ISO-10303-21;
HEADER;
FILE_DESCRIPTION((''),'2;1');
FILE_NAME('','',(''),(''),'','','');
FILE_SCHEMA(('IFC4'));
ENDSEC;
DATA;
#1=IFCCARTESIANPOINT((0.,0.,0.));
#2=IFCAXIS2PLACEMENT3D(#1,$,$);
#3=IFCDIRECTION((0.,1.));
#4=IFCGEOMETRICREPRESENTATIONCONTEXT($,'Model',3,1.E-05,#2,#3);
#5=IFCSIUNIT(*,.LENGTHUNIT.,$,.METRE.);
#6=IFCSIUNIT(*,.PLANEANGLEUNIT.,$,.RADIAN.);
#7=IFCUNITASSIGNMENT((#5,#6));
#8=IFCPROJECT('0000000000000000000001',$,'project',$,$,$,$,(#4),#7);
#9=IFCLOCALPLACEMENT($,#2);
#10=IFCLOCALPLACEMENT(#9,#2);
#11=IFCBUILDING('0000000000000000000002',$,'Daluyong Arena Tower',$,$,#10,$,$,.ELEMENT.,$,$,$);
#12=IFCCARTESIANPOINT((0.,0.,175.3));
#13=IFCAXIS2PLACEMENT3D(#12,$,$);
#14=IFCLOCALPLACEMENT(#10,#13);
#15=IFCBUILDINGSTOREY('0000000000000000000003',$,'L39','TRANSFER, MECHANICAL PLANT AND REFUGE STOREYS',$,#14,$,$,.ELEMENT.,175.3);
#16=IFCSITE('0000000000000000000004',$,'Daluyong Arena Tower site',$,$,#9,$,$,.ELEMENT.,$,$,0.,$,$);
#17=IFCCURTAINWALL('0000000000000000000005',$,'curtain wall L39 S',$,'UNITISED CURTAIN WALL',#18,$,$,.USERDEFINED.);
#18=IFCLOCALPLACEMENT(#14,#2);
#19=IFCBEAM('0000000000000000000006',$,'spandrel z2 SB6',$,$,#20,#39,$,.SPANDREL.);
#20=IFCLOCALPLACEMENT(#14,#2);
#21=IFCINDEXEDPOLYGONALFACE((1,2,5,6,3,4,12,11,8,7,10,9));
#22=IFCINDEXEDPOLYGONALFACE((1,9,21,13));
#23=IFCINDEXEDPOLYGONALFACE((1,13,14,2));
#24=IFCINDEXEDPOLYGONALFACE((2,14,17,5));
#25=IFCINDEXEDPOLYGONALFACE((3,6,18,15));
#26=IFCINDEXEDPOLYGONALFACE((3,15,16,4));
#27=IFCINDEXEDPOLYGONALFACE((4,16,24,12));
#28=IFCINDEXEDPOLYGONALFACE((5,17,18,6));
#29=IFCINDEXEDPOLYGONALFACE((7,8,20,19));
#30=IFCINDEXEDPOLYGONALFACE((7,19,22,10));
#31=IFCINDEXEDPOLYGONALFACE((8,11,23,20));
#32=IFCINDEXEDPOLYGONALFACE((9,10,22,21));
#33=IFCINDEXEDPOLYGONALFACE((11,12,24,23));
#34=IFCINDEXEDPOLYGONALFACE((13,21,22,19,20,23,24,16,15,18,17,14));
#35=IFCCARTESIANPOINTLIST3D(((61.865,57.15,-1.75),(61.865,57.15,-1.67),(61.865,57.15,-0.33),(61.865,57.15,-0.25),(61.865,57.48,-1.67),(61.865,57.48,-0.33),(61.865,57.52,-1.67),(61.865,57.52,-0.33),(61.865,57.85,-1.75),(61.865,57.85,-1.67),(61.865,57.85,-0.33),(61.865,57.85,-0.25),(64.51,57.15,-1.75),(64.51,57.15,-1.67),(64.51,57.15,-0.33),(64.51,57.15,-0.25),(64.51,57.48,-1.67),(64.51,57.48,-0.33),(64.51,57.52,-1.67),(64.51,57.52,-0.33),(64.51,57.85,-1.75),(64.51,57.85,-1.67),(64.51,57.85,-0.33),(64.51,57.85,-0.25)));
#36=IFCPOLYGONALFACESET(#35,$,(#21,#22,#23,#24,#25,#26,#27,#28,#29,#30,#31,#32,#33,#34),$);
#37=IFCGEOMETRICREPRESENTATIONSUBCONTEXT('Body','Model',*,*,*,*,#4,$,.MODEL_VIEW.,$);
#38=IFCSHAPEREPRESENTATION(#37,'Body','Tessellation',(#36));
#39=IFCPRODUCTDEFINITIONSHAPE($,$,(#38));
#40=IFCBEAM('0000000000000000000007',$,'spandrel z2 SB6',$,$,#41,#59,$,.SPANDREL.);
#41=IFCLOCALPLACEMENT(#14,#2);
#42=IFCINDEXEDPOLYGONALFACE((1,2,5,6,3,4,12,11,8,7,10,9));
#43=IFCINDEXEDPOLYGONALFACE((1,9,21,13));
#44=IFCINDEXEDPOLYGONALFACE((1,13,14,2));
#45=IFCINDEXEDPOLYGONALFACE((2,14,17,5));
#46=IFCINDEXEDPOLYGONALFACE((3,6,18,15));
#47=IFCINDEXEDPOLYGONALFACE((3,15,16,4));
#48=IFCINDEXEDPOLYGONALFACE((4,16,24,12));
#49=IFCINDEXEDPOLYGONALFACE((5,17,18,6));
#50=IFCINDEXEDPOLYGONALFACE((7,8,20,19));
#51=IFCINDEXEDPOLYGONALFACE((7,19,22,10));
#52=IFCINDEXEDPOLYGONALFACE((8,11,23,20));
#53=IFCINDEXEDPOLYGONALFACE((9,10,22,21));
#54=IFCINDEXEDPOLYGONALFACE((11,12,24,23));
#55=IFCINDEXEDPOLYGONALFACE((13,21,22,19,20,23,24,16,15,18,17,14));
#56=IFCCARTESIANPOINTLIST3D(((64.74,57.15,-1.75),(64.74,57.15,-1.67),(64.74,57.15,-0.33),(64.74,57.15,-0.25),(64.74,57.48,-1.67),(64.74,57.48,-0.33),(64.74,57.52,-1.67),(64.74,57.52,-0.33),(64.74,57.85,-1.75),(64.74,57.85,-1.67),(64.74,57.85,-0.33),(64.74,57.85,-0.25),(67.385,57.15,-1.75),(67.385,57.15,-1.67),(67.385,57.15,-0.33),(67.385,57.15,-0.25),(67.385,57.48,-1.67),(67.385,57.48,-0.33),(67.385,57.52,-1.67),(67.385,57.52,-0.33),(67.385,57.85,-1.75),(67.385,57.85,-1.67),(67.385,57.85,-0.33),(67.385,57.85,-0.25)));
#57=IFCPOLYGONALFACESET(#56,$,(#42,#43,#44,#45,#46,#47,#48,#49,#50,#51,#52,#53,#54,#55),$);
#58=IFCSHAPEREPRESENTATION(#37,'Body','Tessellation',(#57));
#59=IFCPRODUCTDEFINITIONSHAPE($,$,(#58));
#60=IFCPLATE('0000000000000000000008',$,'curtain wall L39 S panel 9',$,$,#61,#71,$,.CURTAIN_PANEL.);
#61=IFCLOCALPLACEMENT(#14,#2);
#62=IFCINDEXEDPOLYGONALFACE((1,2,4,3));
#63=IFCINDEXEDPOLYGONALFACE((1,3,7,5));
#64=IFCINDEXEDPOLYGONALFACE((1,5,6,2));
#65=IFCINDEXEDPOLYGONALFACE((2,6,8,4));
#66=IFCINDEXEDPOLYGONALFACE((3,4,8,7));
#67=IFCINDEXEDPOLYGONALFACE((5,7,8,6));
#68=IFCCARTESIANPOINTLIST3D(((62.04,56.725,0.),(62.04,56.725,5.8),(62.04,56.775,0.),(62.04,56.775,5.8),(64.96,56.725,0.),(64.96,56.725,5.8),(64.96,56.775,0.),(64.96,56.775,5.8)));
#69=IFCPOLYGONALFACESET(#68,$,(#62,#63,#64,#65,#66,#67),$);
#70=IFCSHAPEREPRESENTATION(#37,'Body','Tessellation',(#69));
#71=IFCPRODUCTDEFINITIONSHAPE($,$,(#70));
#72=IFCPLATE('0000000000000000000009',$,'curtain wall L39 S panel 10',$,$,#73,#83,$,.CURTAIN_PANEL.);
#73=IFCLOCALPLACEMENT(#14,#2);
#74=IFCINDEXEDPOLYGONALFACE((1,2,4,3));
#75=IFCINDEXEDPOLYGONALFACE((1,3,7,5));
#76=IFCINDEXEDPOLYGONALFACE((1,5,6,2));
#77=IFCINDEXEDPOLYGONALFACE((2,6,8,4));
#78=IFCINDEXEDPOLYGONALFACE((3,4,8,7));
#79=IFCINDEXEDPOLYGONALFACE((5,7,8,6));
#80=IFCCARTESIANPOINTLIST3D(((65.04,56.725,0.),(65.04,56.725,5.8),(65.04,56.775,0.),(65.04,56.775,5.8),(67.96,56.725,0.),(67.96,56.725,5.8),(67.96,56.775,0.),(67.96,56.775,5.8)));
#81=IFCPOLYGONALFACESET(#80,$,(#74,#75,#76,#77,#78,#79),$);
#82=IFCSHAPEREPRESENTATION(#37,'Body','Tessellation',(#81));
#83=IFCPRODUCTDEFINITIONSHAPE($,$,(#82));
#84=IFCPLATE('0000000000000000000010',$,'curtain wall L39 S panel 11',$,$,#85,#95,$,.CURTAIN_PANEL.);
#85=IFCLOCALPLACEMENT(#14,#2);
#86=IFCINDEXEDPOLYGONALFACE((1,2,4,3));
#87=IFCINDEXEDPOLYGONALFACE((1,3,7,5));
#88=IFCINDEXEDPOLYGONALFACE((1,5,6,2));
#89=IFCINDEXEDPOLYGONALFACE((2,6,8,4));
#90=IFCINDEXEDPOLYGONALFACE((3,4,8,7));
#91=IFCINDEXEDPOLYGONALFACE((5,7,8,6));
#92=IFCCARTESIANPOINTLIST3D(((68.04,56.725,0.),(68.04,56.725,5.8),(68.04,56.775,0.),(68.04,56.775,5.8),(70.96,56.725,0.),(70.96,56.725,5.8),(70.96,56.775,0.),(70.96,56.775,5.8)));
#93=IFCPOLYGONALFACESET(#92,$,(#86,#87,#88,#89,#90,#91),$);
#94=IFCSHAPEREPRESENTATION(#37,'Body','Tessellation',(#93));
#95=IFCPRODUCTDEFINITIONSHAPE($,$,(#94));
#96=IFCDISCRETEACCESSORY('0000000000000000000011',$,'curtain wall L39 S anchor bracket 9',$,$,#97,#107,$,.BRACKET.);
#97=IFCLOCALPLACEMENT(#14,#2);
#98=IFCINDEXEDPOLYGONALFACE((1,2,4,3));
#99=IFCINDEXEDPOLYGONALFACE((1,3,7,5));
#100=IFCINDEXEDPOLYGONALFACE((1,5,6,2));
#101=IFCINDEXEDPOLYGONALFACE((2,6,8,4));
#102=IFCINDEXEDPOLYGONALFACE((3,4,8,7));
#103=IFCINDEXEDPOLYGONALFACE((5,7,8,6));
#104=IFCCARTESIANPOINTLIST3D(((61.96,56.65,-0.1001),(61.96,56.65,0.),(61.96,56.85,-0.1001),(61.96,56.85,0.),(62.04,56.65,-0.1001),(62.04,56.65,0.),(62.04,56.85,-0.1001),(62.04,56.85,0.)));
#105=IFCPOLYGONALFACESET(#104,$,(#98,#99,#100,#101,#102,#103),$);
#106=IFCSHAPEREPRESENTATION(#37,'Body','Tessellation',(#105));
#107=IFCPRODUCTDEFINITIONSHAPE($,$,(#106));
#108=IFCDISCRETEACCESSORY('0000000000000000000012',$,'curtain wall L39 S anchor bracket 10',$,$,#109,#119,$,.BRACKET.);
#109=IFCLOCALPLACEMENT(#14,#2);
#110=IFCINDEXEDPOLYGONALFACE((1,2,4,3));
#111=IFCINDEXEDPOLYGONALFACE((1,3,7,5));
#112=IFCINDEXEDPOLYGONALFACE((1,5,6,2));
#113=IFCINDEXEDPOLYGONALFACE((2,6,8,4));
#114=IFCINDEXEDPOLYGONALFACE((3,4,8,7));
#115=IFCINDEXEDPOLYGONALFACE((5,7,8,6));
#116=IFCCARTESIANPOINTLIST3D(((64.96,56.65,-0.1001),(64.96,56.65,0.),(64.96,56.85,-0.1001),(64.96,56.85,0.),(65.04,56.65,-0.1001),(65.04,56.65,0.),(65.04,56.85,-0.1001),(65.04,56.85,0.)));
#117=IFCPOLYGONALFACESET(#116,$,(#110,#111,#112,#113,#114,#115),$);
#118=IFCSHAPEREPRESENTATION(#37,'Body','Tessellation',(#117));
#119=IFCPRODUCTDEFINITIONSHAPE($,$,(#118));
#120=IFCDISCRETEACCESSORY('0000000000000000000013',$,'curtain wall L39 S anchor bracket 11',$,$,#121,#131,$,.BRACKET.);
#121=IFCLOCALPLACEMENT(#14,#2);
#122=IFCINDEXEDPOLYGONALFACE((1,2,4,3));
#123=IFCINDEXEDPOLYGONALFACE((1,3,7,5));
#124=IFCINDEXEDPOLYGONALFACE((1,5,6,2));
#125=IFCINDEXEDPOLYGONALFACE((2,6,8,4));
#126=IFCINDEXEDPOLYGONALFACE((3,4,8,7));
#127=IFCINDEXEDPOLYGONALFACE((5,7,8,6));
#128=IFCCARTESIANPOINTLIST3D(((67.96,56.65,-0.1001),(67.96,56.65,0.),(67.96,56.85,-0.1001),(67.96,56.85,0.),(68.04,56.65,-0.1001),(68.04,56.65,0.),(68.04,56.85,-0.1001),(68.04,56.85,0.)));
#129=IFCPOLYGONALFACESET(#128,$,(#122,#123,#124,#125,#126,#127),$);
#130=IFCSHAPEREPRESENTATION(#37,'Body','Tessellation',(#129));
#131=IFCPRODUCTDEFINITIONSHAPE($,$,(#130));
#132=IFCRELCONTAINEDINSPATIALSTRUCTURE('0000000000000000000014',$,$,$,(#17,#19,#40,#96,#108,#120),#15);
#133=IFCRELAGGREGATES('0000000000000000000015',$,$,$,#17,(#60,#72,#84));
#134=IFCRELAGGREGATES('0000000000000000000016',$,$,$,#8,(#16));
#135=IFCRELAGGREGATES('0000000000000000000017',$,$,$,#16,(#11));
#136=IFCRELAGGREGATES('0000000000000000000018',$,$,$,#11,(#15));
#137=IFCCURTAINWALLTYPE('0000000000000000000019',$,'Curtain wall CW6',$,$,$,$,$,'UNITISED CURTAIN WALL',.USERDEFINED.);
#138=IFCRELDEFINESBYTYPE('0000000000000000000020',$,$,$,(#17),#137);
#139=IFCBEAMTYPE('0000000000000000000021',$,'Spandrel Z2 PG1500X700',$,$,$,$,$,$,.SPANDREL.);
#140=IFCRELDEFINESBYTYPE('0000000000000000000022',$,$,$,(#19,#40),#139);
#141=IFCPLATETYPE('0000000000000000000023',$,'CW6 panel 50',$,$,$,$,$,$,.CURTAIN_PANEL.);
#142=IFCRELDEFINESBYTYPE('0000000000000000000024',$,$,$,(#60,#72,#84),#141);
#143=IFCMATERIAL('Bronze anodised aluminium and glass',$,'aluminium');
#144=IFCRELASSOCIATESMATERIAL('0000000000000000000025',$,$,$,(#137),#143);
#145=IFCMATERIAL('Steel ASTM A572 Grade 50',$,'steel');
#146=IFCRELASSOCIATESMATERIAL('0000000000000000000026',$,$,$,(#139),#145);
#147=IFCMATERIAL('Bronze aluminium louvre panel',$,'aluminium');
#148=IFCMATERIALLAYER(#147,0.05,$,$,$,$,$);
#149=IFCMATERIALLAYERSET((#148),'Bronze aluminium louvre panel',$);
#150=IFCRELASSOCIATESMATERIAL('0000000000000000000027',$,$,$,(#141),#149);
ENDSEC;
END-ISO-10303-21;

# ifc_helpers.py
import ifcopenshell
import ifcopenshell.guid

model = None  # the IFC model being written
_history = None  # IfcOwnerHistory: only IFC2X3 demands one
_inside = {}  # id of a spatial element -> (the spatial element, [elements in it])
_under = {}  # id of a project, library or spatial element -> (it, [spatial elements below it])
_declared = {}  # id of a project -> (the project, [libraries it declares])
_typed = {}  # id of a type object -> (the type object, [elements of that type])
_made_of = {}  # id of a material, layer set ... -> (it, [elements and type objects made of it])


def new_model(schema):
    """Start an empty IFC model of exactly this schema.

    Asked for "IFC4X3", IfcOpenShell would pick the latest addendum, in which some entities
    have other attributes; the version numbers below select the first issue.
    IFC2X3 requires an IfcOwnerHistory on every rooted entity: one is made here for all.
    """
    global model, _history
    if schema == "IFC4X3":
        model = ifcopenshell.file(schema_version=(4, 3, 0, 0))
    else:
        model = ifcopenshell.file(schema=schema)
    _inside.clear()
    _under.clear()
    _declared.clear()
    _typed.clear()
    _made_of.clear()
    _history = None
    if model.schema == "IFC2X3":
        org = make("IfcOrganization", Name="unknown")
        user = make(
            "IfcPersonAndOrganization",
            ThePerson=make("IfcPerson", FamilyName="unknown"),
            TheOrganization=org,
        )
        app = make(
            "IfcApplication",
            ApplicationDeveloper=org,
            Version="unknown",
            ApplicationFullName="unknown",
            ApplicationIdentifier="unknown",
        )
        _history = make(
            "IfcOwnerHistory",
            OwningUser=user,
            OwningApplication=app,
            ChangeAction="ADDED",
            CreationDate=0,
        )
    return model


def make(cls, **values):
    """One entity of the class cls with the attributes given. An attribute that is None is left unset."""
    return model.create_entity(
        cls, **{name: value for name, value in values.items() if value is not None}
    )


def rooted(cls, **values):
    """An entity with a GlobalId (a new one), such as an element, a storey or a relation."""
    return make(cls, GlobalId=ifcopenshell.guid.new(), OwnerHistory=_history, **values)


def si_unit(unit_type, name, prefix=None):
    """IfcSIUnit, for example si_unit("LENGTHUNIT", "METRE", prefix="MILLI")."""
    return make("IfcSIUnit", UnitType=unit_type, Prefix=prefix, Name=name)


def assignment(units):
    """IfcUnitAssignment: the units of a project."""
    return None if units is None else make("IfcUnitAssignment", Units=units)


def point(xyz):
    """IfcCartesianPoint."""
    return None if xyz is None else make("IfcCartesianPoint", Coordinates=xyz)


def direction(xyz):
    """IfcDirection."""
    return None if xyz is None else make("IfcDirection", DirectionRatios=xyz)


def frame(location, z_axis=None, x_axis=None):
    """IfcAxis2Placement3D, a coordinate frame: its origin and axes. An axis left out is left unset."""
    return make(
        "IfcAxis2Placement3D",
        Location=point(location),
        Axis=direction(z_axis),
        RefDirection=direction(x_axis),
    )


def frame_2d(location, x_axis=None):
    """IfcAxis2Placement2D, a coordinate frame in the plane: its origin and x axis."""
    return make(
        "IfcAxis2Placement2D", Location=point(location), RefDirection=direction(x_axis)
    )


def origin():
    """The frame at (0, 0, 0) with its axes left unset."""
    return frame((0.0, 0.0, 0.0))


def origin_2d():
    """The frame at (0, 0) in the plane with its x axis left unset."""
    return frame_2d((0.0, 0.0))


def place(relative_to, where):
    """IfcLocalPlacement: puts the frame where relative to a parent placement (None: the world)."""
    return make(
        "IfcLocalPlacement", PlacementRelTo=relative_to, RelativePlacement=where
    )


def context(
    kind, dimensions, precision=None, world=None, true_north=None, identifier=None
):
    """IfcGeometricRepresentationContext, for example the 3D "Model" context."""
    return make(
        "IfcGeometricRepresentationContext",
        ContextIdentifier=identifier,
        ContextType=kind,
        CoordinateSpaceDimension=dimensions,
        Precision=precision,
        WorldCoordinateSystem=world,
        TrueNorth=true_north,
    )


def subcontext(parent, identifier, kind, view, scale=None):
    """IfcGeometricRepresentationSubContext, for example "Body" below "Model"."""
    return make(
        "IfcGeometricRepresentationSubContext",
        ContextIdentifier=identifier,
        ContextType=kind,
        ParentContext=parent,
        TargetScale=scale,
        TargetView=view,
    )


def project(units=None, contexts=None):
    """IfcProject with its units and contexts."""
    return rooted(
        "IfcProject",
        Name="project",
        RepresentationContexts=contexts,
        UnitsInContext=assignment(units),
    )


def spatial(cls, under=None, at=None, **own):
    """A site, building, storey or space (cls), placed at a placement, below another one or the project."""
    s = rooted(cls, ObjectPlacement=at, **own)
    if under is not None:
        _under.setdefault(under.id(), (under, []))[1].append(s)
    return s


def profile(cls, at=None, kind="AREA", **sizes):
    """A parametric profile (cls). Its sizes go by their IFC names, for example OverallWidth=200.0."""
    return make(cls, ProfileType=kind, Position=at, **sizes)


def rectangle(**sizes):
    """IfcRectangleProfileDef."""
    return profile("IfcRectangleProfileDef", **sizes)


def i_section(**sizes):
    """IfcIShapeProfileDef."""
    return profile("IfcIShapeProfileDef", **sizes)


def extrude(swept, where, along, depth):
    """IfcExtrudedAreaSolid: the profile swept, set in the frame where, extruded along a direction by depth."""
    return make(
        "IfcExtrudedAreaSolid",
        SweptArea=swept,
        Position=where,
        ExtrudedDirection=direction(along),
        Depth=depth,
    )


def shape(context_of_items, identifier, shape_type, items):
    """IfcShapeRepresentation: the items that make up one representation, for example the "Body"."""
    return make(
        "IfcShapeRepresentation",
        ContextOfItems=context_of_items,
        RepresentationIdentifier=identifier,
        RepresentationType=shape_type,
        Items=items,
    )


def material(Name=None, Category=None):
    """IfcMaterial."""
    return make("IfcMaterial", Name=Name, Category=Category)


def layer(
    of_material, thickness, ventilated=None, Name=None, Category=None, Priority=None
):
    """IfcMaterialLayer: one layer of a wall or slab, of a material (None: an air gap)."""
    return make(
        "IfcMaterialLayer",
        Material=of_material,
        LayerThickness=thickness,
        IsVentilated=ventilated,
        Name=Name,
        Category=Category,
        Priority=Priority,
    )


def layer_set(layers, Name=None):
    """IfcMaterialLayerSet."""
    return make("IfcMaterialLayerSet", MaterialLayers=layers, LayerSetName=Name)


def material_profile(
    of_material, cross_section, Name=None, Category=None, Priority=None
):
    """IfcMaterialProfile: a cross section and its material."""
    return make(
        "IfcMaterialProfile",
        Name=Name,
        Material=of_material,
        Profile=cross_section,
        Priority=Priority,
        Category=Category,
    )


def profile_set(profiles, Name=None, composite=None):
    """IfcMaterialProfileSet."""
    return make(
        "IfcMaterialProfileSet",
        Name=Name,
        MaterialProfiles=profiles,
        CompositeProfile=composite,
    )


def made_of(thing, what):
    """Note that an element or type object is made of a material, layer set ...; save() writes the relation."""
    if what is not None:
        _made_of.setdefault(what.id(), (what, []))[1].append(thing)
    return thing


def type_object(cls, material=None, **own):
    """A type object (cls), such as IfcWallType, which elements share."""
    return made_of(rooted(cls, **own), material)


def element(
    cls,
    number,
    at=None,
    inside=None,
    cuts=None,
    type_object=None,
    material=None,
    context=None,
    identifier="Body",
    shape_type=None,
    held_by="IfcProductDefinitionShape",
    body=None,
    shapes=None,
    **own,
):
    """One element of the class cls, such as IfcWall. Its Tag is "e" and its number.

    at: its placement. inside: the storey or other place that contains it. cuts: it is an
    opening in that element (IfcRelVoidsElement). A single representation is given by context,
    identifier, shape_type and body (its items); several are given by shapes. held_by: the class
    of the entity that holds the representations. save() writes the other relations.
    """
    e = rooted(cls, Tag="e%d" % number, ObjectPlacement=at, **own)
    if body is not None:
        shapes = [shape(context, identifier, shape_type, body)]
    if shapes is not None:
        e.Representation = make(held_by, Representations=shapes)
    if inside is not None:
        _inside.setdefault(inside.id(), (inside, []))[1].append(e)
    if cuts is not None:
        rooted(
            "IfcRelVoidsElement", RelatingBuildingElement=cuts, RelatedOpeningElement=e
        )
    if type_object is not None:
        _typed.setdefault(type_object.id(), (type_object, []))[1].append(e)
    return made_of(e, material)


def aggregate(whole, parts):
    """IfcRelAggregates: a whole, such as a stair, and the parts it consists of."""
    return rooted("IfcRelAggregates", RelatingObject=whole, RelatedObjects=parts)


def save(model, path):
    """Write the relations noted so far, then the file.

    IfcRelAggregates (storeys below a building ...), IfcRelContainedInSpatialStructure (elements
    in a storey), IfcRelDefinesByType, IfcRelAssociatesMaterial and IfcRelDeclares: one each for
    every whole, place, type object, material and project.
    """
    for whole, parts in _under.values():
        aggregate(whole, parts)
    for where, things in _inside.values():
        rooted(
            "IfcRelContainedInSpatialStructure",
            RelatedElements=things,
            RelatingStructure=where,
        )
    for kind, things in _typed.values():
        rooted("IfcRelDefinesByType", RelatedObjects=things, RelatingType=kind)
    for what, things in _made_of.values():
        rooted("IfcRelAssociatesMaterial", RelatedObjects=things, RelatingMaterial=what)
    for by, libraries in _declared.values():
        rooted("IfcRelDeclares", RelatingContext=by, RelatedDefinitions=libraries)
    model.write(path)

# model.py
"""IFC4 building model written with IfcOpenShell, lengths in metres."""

from ifc_helpers import new_model, si_unit, direction, frame, origin, origin_2d, place, context, subcontext, project, spatial, rectangle, i_section, extrude, material, layer, layer_set, material_profile, profile_set, type_object, element, aggregate, save


model = new_model("IFC4")

# Units and contexts
model_context = context("Model", 3, precision=1e-05, world=origin(), true_north=direction((0.0, 1.0)))
body_context = subcontext(model_context, "Body", "Model", "MODEL_VIEW")
ifc_project = project(units=[si_unit("LENGTHUNIT", "METRE"), si_unit("PLANEANGLEUNIT", "RADIAN")], contexts=[model_context])

# Site, building, storey
site_placement = place(None, origin())
site = spatial("IfcSite", under=ifc_project, at=site_placement, Name="Daluyong Arena Tower site", CompositionType="ELEMENT", RefElevation=0.0)
building_placement = place(site_placement, origin())
building = spatial("IfcBuilding", under=site, at=building_placement, Name="Daluyong Arena Tower", CompositionType="ELEMENT")
storey_placement = place(building_placement, frame((0.0, 0.0, 175.3)))
storey = spatial("IfcBuildingStorey", under=building, at=storey_placement, Name="L39", Description="TRANSFER, MECHANICAL PLANT AND REFUGE STOREYS", CompositionType="ELEMENT", Elevation=175.3)

# Curtain wall
ifc_material_1 = material(Name="Bronze anodised aluminium and glass", Category="aluminium")
curtain_wall_type = type_object("IfcCurtainWallType", Name="Curtain wall CW6", ElementType="UNITISED CURTAIN WALL", PredefinedType="USERDEFINED", material=ifc_material_1)
curtain_wall_placement = place(storey_placement, origin())
curtain_wall = element("IfcCurtainWall", 1, at=curtain_wall_placement, inside=storey, type_object=curtain_wall_type, Name="curtain wall L39 S", ObjectType="UNITISED CURTAIN WALL", PredefinedType="USERDEFINED")

# Beams
ifc_material_2 = material(Name="Steel ASTM A572 Grade 50", Category="steel")
ifc_material_profile_1 = material_profile(ifc_material_2, i_section(OverallWidth=0.7, OverallDepth=1.5, WebThickness=0.04, FlangeThickness=0.08, at=origin_2d()))
ifc_profile_set_1 = profile_set([ifc_material_profile_1], Name="Steel ASTM A572 Grade 50")
beam_type = type_object("IfcBeamType", Name="Spandrel Z2 PG1500X700", PredefinedType="SPANDREL", material=ifc_profile_set_1)
for number, where, z_axis, x_axis, name in (
    (2, (61.865, 57.5, -1.0), (1.0, 0.0, 0.0), (0.0, 1.0, 0.0), "spandrel z2 SB6"),
    (3, (64.74, 57.5, -1.0), (1.0, 0.0, 0.0), (0.0, 1.0, 0.0), "spandrel z2 SB6"),
):
    element("IfcBeam", number, at=place(storey_placement, frame(where, z_axis=z_axis, x_axis=x_axis)), inside=storey, type_object=beam_type, Name=name, PredefinedType="SPANDREL", context=body_context, shape_type="SweptSolid", body=[
        extrude(i_section(OverallWidth=0.7, OverallDepth=1.5, WebThickness=0.04, FlangeThickness=0.08, at=origin_2d()), origin(), (0.0, 0.0, 1.0), 2.645),
    ])

# Plates
ifc_material_3 = material(Name="Bronze aluminium louvre panel", Category="aluminium")
ifc_layer = layer(ifc_material_3, 0.05)
ifc_layer_set = layer_set([ifc_layer], Name="Bronze aluminium louvre panel")
plate_type = type_object("IfcPlateType", Name="CW6 panel 50", PredefinedType="CURTAIN_PANEL", material=ifc_layer_set)
plate_1_placement = place(storey_placement, frame((63.5, 56.75, 0.0), z_axis=(0.0, 0.0, 1.0), x_axis=(1.0, 0.0, 0.0)))
plate_1 = element("IfcPlate", 4, at=plate_1_placement, type_object=plate_type, Name="curtain wall L39 S panel 9", PredefinedType="CURTAIN_PANEL", context=body_context, shape_type="SweptSolid", body=[
    extrude(rectangle(XDim=2.9199, YDim=0.05, at=origin_2d()), origin(), (0.0, 0.0, 1.0), 5.8),
])
plate_2_placement = place(storey_placement, frame((66.5, 56.75, 0.0), z_axis=(0.0, 0.0, 1.0), x_axis=(1.0, 0.0, 0.0)))
plate_2 = element("IfcPlate", 5, at=plate_2_placement, type_object=plate_type, Name="curtain wall L39 S panel 10", PredefinedType="CURTAIN_PANEL", context=body_context, shape_type="SweptSolid", body=[
    extrude(rectangle(XDim=2.9199, YDim=0.05, at=origin_2d()), origin(), (0.0, 0.0, 1.0), 5.8),
])
plate_3_placement = place(storey_placement, frame((69.5, 56.75, 0.0), z_axis=(0.0, 0.0, 1.0), x_axis=(1.0, 0.0, 0.0)))
plate_3 = element("IfcPlate", 6, at=plate_3_placement, type_object=plate_type, Name="curtain wall L39 S panel 11", PredefinedType="CURTAIN_PANEL", context=body_context, shape_type="SweptSolid", body=[
    extrude(rectangle(XDim=2.9199, YDim=0.05, at=origin_2d()), origin(), (0.0, 0.0, 1.0), 5.8),
])
aggregate(curtain_wall, [plate_1, plate_2, plate_3])

# Discrete accessories
for number, where, z_axis, x_axis, name in (
    (7, (62.0, 56.75, -0.1001), (0.0, 0.0, 1.0), (1.0, 0.0, 0.0), "curtain wall L39 S anchor bracket 9"),
    (8, (65.0, 56.75, -0.1001), (0.0, 0.0, 1.0), (1.0, 0.0, 0.0), "curtain wall L39 S anchor bracket 10"),
    (9, (68.0, 56.75, -0.1001), (0.0, 0.0, 1.0), (1.0, 0.0, 0.0), "curtain wall L39 S anchor bracket 11"),
):
    element("IfcDiscreteAccessory", number, at=place(storey_placement, frame(where, z_axis=z_axis, x_axis=x_axis)), inside=storey, Name=name, PredefinedType="BRACKET", context=body_context, shape_type="SweptSolid", body=[
        extrude(rectangle(XDim=0.0801, YDim=0.2, at=origin_2d()), origin(), (0.0, 0.0, 1.0), 0.1001),
    ])

save(model, "model.ifc")
